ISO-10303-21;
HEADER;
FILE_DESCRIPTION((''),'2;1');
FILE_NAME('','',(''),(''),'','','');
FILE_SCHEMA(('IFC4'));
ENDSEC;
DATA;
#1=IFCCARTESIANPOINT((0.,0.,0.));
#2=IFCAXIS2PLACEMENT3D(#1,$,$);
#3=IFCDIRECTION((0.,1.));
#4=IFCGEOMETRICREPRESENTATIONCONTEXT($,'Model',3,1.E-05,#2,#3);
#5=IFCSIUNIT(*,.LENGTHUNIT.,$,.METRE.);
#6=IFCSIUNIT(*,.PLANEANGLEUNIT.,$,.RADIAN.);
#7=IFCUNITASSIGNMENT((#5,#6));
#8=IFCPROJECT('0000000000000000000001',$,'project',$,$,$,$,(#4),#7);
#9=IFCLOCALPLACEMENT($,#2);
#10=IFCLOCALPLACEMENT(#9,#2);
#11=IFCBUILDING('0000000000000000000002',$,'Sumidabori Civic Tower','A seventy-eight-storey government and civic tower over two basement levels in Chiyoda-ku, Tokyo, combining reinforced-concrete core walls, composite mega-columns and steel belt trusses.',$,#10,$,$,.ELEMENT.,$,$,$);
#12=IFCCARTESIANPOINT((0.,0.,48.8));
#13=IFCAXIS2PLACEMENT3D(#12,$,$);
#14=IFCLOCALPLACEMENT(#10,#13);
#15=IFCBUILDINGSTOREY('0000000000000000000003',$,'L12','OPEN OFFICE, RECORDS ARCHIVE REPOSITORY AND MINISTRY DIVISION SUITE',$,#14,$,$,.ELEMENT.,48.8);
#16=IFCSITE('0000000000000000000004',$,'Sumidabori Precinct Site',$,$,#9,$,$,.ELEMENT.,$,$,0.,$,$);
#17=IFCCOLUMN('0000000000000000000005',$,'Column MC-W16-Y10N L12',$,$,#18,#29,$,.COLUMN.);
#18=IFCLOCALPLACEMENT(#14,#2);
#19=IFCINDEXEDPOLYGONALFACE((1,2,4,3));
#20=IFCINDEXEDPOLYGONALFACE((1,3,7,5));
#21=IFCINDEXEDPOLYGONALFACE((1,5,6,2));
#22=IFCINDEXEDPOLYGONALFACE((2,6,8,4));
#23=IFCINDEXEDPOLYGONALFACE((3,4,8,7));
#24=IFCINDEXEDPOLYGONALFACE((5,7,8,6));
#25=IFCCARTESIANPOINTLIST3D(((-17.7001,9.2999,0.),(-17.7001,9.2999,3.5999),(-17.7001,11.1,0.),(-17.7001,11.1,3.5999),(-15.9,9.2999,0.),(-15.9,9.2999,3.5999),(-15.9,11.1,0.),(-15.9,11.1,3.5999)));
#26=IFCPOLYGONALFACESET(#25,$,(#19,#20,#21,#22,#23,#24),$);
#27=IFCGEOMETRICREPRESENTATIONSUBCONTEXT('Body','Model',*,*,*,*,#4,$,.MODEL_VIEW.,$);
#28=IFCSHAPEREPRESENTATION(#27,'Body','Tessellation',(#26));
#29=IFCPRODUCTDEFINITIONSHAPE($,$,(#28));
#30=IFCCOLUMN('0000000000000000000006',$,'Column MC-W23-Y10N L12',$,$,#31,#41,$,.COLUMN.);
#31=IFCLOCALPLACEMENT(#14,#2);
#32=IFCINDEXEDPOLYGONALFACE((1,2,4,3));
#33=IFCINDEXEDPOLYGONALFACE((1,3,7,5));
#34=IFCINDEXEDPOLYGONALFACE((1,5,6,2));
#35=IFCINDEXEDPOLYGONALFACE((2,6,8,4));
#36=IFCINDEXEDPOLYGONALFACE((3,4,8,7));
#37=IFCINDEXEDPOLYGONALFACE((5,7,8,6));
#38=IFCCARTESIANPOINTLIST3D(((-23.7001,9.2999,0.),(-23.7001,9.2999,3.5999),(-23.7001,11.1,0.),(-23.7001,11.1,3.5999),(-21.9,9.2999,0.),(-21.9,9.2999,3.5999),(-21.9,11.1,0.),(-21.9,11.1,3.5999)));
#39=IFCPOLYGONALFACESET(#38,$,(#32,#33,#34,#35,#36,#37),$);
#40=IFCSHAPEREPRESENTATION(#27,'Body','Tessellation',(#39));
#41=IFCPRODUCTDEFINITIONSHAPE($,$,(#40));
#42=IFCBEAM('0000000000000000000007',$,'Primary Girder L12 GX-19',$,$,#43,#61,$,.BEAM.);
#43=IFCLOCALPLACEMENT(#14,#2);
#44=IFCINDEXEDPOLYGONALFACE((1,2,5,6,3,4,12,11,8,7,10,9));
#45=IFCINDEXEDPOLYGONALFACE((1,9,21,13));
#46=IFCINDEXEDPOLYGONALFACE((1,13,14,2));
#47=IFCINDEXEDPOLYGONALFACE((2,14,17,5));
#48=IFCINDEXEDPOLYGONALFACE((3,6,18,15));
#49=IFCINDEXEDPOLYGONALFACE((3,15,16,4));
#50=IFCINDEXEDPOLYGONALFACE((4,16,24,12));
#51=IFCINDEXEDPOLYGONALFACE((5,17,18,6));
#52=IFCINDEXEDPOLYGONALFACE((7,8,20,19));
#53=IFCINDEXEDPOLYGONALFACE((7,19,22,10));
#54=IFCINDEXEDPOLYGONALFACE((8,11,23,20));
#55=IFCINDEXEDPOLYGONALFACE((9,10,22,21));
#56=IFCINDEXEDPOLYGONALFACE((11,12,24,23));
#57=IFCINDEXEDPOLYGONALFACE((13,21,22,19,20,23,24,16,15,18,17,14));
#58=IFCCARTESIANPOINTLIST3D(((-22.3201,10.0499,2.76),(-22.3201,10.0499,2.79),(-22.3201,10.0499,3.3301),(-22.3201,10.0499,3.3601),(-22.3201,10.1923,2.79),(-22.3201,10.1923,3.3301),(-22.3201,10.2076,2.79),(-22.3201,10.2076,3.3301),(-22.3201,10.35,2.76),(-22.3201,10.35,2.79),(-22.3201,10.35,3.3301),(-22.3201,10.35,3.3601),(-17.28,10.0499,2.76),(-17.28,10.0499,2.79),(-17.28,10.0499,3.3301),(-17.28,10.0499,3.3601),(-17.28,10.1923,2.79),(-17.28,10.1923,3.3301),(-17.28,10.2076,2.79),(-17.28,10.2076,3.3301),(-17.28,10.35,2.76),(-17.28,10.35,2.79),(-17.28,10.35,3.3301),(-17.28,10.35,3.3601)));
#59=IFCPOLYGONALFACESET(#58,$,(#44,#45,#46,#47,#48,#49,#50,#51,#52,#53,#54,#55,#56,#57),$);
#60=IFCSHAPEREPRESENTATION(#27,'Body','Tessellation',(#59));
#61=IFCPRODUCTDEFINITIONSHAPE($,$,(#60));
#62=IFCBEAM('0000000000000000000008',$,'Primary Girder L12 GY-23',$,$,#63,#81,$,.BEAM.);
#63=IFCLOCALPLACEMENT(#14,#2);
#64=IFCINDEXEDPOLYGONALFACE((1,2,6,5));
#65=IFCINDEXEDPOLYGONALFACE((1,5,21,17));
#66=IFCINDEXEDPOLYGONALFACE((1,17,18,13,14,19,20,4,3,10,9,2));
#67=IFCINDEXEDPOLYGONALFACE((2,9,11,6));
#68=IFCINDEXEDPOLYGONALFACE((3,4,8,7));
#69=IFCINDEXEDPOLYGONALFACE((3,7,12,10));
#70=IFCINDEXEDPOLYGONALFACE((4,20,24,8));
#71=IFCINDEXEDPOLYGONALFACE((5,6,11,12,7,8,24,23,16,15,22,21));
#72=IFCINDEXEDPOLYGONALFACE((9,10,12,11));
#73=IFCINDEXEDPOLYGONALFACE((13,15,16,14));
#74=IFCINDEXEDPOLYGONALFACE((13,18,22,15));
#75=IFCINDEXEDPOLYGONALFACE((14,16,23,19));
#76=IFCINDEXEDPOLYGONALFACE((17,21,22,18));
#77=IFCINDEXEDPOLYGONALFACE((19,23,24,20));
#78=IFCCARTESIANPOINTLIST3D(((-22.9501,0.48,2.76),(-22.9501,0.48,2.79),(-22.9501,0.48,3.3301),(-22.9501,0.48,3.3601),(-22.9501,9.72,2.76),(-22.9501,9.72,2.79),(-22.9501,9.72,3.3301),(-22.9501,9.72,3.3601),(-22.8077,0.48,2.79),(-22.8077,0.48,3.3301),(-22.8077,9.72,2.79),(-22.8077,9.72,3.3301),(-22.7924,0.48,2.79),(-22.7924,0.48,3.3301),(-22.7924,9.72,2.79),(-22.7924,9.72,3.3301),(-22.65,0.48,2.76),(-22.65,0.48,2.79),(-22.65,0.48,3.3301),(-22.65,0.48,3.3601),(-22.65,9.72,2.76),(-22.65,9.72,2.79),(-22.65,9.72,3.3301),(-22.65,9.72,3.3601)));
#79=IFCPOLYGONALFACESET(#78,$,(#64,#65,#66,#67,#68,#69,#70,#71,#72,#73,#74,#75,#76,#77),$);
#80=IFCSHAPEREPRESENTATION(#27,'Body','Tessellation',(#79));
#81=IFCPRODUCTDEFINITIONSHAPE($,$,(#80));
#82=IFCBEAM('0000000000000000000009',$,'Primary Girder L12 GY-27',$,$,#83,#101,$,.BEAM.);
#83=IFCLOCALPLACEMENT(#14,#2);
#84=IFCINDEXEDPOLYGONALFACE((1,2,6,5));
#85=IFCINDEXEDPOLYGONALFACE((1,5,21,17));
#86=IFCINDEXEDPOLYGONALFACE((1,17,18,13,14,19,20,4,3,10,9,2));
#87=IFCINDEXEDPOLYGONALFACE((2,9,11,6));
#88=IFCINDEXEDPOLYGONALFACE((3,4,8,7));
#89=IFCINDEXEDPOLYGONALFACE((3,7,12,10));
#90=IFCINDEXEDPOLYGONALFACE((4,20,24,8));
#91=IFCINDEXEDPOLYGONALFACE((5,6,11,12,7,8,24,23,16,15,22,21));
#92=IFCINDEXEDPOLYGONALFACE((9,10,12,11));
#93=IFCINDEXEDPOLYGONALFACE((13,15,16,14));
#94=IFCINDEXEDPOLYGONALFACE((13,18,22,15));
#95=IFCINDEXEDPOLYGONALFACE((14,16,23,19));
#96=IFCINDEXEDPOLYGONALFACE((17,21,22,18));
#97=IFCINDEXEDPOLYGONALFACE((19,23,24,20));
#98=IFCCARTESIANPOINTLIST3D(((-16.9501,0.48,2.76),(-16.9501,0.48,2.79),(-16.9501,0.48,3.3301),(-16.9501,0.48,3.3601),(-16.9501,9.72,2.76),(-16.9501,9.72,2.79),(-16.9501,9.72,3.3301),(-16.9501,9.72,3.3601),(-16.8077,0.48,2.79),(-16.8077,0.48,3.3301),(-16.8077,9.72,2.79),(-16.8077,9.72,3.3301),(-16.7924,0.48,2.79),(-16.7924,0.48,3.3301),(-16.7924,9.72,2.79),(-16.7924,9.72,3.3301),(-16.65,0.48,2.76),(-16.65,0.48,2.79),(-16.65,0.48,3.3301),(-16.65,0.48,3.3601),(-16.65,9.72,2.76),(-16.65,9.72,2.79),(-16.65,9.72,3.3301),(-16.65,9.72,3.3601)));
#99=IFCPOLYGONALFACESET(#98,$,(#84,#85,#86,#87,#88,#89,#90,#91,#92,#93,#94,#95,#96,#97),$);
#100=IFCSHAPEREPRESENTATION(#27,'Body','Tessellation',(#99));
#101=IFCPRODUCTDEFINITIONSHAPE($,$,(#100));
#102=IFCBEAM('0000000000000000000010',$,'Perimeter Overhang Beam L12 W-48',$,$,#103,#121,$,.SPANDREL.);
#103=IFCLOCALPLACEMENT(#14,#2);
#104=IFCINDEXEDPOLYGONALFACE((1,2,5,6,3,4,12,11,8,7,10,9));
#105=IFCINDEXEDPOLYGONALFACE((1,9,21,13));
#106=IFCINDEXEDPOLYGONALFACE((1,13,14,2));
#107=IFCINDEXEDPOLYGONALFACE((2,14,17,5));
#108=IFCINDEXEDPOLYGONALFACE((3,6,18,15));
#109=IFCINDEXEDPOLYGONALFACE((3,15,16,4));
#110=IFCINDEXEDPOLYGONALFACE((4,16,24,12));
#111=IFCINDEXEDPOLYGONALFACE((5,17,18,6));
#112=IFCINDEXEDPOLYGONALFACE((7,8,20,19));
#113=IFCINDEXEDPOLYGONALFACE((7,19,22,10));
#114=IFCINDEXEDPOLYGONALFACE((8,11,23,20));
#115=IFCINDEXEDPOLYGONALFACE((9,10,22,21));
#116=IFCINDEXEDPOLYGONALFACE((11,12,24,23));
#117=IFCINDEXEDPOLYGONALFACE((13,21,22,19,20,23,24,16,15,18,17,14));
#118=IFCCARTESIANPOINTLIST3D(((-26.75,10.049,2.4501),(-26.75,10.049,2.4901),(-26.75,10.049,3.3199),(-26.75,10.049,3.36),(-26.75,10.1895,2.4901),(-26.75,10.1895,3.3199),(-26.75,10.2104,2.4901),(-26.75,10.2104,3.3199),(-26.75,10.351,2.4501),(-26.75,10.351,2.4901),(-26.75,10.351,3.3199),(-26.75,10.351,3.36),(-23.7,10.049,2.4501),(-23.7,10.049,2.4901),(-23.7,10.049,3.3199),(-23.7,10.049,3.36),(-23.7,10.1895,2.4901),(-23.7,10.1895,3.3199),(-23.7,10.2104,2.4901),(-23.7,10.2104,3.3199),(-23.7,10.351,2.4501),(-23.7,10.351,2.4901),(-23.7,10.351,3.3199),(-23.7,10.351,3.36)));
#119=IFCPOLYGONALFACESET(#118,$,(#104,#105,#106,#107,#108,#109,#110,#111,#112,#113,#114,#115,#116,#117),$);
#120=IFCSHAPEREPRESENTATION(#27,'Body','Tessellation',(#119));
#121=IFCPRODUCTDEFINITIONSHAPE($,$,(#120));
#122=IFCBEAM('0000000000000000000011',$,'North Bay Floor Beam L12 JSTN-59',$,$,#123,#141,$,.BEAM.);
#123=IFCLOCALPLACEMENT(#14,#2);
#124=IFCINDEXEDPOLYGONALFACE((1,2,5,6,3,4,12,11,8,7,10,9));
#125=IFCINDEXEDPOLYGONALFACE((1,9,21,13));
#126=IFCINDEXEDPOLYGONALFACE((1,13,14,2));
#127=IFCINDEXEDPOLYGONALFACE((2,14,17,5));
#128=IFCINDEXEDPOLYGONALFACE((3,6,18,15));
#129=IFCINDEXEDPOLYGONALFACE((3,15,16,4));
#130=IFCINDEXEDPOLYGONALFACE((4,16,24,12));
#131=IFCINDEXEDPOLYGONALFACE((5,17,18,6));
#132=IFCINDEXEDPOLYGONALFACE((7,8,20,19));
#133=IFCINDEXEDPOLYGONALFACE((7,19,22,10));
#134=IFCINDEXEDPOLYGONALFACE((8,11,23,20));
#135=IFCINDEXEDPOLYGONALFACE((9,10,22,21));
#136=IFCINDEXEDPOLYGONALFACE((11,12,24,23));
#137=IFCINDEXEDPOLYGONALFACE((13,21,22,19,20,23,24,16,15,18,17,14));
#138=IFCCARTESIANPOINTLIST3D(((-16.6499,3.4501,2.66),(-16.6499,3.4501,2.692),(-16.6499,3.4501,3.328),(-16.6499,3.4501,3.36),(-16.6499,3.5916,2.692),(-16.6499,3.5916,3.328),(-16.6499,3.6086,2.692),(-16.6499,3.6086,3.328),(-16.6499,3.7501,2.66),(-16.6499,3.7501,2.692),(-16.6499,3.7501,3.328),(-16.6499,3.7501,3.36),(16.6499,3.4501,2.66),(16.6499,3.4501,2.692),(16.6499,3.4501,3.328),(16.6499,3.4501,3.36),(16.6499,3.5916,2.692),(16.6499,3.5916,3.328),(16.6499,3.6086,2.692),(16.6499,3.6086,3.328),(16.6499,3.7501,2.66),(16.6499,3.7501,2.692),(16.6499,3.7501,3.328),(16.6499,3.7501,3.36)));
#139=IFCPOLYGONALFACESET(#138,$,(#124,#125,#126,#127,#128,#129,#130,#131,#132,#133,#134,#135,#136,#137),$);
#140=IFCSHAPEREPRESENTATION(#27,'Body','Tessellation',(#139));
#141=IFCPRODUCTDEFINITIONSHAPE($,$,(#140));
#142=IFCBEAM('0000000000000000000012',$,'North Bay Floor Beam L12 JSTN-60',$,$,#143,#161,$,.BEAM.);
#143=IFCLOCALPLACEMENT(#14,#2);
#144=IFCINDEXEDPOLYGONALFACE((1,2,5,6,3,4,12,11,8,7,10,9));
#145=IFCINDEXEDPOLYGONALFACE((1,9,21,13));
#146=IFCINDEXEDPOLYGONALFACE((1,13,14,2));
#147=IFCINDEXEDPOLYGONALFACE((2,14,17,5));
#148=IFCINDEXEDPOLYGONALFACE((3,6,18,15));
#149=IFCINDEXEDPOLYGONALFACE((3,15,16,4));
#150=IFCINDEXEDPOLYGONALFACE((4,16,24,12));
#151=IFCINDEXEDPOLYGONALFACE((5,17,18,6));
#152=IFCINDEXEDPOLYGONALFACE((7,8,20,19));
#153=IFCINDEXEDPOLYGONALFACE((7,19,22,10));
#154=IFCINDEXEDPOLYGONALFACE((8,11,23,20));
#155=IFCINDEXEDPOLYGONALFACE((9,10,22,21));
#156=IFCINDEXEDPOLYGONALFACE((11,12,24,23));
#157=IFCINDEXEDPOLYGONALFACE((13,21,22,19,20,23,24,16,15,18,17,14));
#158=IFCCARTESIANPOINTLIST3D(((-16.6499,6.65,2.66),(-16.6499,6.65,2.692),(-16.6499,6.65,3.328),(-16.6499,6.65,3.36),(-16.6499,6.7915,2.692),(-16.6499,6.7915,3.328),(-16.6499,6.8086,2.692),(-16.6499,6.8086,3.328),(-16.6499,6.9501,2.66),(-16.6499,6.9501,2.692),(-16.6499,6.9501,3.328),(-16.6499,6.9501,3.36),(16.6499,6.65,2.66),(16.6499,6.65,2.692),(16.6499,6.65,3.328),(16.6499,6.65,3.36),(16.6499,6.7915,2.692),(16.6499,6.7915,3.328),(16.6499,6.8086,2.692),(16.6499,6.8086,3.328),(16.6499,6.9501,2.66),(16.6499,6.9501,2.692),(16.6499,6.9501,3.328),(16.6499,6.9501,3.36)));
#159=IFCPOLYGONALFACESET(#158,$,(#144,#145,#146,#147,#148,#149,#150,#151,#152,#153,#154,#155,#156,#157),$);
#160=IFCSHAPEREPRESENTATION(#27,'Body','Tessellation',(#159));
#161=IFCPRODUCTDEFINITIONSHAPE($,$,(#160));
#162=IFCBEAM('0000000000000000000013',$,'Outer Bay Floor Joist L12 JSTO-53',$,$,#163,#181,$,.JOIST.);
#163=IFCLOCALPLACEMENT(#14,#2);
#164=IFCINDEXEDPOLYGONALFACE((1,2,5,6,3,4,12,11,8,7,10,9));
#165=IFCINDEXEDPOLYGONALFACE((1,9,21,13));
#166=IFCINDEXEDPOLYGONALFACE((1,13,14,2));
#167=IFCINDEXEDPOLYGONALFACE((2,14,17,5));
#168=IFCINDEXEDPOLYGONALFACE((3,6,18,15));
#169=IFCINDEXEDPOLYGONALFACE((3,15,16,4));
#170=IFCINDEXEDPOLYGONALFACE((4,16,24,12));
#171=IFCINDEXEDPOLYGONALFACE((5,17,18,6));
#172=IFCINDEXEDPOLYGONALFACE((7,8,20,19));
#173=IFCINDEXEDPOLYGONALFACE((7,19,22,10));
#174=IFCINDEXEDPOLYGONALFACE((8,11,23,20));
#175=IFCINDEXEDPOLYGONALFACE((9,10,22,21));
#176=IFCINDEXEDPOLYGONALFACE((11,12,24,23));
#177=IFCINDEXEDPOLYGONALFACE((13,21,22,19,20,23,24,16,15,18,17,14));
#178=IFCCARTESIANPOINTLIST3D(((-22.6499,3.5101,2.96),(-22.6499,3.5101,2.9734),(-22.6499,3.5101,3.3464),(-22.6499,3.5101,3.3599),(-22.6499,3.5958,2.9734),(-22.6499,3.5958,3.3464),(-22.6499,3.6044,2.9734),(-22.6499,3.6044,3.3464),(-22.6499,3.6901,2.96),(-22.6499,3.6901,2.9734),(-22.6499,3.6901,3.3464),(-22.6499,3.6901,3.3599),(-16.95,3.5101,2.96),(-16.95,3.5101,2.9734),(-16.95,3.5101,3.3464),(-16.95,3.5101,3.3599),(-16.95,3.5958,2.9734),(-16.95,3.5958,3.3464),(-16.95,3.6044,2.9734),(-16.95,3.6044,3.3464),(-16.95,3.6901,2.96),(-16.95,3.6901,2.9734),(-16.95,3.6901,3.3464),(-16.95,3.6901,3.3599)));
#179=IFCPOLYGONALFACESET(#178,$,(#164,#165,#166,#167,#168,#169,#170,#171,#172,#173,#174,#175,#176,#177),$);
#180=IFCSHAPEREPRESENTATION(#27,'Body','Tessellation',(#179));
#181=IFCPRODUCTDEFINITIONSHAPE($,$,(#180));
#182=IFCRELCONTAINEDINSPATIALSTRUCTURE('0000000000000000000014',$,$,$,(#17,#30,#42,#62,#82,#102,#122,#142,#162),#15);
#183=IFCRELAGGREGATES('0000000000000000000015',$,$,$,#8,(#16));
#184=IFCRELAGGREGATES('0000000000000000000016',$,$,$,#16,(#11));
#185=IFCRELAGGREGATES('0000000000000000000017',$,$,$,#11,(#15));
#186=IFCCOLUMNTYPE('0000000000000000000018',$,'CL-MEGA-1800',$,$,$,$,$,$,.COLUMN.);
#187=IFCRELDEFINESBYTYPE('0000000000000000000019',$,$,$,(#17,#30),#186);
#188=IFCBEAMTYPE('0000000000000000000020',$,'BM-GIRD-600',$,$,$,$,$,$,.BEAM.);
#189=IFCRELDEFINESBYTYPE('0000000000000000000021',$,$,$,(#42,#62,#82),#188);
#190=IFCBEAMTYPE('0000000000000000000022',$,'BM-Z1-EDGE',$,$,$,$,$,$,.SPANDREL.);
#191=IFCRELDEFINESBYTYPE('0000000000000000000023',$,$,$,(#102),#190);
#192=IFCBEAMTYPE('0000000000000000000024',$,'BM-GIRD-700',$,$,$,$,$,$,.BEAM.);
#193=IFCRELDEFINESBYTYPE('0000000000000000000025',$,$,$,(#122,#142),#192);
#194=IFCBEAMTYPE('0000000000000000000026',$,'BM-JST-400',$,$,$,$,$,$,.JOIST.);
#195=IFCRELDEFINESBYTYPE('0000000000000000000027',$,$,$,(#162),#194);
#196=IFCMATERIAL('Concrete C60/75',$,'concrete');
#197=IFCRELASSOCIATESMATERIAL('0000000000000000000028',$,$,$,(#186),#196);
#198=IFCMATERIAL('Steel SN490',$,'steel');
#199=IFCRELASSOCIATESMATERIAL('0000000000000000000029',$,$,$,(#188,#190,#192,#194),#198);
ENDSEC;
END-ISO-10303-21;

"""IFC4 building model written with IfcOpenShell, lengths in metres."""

from ifc_helpers import new_model, si_unit, direction, frame, origin, origin_2d, place, context, subcontext, project, spatial, rectangle, i_section, extrude, source, transform, mapped, material, material_profile, profile_set, type_object, element, save


model = new_model("IFC4")

# Units and contexts
model_context = context("Model", 3, precision=1e-05, world=origin(), true_north=direction((0.0, 1.0)))
body_context = subcontext(model_context, "Body", "Model", "MODEL_VIEW")
ifc_project = project(units=[si_unit("LENGTHUNIT", "METRE"), si_unit("PLANEANGLEUNIT", "RADIAN")], contexts=[model_context])

# Site, building, storey
site_placement = place(None, origin())
site = spatial("IfcSite", under=ifc_project, at=site_placement, Name="Sumidabori Precinct Site", CompositionType="ELEMENT", RefElevation=0.0)
building_placement = place(site_placement, origin())
building = spatial("IfcBuilding", under=site, at=building_placement, Name="Sumidabori Civic Tower", Description="A seventy-eight-storey government and civic tower over two basement levels in Chiyoda-ku, Tokyo, combining reinforced-concrete core walls, composite mega-columns and steel belt trusses.", CompositionType="ELEMENT")
storey_placement = place(building_placement, frame((0.0, 0.0, 48.8)))
storey = spatial("IfcBuildingStorey", under=building, at=storey_placement, Name="L12", Description="OPEN OFFICE, RECORDS ARCHIVE REPOSITORY AND MINISTRY DIVISION SUITE", CompositionType="ELEMENT", Elevation=48.8)

# Columns
ifc_material_1 = material(Name="Concrete C60/75", Category="concrete")
ifc_material_profile_1 = material_profile(ifc_material_1, rectangle(XDim=1.8, YDim=1.8, at=origin_2d()), Name="RC 1800x1800")
ifc_profile_set_1 = profile_set([ifc_material_profile_1], Name="Concrete C60/75")
column_type = type_object("IfcColumnType", Name="CL-MEGA-1800", PredefinedType="COLUMN", material=ifc_profile_set_1)
shared_shape_1 = source(origin(), body_context, "Body", "SweptSolid", [
    extrude(rectangle(XDim=1.8, YDim=1.8, at=origin_2d()), origin(), (0.0, 0.0, 1.0), 3.5999),
])
for number, where, z_axis, x_axis, name in (
    (1, (-16.8, 10.2, 0.0), (0.0, 0.0, 1.0), (1.0, 0.0, 0.0), "Column MC-W16-Y10N L12"),
    (2, (-22.8, 10.2, 0.0), (0.0, 0.0, 1.0), (1.0, 0.0, 0.0), "Column MC-W23-Y10N L12"),
):
    element("IfcColumn", number, at=place(storey_placement, frame(where, z_axis=z_axis, x_axis=x_axis)), inside=storey, type_object=column_type, Name=name, PredefinedType="COLUMN", context=body_context, shape_type="MappedRepresentation", body=[
        mapped(shared_shape_1, transform((0.0, 0.0, 0.0), x_axis=(1.0, 0.0, 0.0), y_axis=(0.0, 1.0, 0.0), z_axis=(0.0, 0.0, 1.0), scale=1.0)),
    ])

# Beams
ifc_material_2 = material(Name="Steel SN490", Category="steel")
ifc_material_profile_2 = material_profile(ifc_material_2, i_section(OverallWidth=0.3, OverallDepth=0.6001, WebThickness=0.0154, FlangeThickness=0.03, at=origin_2d()), Name="HE 600 B")
ifc_profile_set_2 = profile_set([ifc_material_profile_2], Name="Steel SN490")
beam_type_1 = type_object("IfcBeamType", Name="BM-GIRD-600", PredefinedType="BEAM", material=ifc_profile_set_2)
shared_shape_2 = source(origin(), body_context, "Body", "SweptSolid", [
    extrude(i_section(OverallWidth=0.3, OverallDepth=0.6001, WebThickness=0.0154, FlangeThickness=0.03, at=origin_2d()), origin(), (0.0, 0.0, 1.0), 5.04),
])
beam_1_placement = place(storey_placement, frame((-22.3201, 10.2, 3.0601), z_axis=(1.0, 0.0, 0.0), x_axis=(0.0, 1.0, 0.0)))
element("IfcBeam", 3, at=beam_1_placement, inside=storey, type_object=beam_type_1, Name="Primary Girder L12 GX-19", PredefinedType="BEAM", context=body_context, shape_type="MappedRepresentation", body=[
    mapped(shared_shape_2, transform((0.0, 0.0, 0.0), x_axis=(1.0, 0.0, 0.0), y_axis=(0.0, 1.0, 0.0), z_axis=(0.0, 0.0, 1.0), scale=1.0)),
])
shared_shape_3 = source(origin(), body_context, "Body", "SweptSolid", [
    extrude(i_section(OverallWidth=0.3, OverallDepth=0.6001, WebThickness=0.0154, FlangeThickness=0.03, at=origin_2d()), origin(), (0.0, 0.0, 1.0), 9.24),
])
for number, where, z_axis, x_axis, name in (
    (4, (-22.8, 0.48, 3.0601), (0.0, 1.0, 0.0), (-1.0, 0.0, 0.0), "Primary Girder L12 GY-23"),
    (5, (-16.8, 0.48, 3.0601), (0.0, 1.0, 0.0), (-1.0, 0.0, 0.0), "Primary Girder L12 GY-27"),
):
    element("IfcBeam", number, at=place(storey_placement, frame(where, z_axis=z_axis, x_axis=x_axis)), inside=storey, type_object=beam_type_1, Name=name, PredefinedType="BEAM", context=body_context, shape_type="MappedRepresentation", body=[
        mapped(shared_shape_3, transform((0.0, 0.0, 0.0), x_axis=(1.0, 0.0, 0.0), y_axis=(0.0, 1.0, 0.0), z_axis=(0.0, 0.0, 1.0), scale=1.0)),
    ])
ifc_material_profile_3 = material_profile(ifc_material_2, i_section(OverallWidth=0.302, OverallDepth=0.9099, WebThickness=0.021, FlangeThickness=0.04, at=origin_2d()), Name="HE 900 M")
ifc_profile_set_3 = profile_set([ifc_material_profile_3], Name="Steel SN490")
beam_type_2 = type_object("IfcBeamType", Name="BM-Z1-EDGE", PredefinedType="SPANDREL", material=ifc_profile_set_3)
shared_shape_4 = source(origin(), body_context, "Body", "SweptSolid", [
    extrude(i_section(OverallWidth=0.302, OverallDepth=0.9099, WebThickness=0.021, FlangeThickness=0.04, at=origin_2d()), origin(), (0.0, 0.0, 1.0), 3.05),
])
beam_2_placement = place(storey_placement, frame((-26.75, 10.2, 2.905), z_axis=(1.0, 0.0, 0.0), x_axis=(0.0, 1.0, 0.0)))
element("IfcBeam", 6, at=beam_2_placement, inside=storey, type_object=beam_type_2, Name="Perimeter Overhang Beam L12 W-48", PredefinedType="SPANDREL", context=body_context, shape_type="MappedRepresentation", body=[
    mapped(shared_shape_4, transform((0.0, 0.0, 0.0), x_axis=(1.0, 0.0, 0.0), y_axis=(0.0, 1.0, 0.0), z_axis=(0.0, 0.0, 1.0), scale=1.0)),
])
ifc_material_profile_4 = material_profile(ifc_material_2, i_section(OverallWidth=0.3, OverallDepth=0.7, WebThickness=0.0171, FlangeThickness=0.032, at=origin_2d()), Name="HE 700 B")
ifc_profile_set_4 = profile_set([ifc_material_profile_4], Name="Steel SN490")
beam_type_3 = type_object("IfcBeamType", Name="BM-GIRD-700", PredefinedType="BEAM", material=ifc_profile_set_4)
shared_shape_5 = source(origin(), body_context, "Body", "SweptSolid", [
    extrude(i_section(OverallWidth=0.3, OverallDepth=0.7, WebThickness=0.0171, FlangeThickness=0.032, at=origin_2d()), origin(), (0.0, 0.0, 1.0), 33.2998),
])
for number, where, z_axis, x_axis, name in (
    (7, (-16.6499, 3.6001, 3.01), (1.0, 0.0, 0.0), (0.0, 1.0, 0.0), "North Bay Floor Beam L12 JSTN-59"),
    (8, (-16.6499, 6.8, 3.01), (1.0, 0.0, 0.0), (0.0, 1.0, 0.0), "North Bay Floor Beam L12 JSTN-60"),
):
    element("IfcBeam", number, at=place(storey_placement, frame(where, z_axis=z_axis, x_axis=x_axis)), inside=storey, type_object=beam_type_3, Name=name, PredefinedType="BEAM", context=body_context, shape_type="MappedRepresentation", body=[
        mapped(shared_shape_5, transform((0.0, 0.0, 0.0), x_axis=(1.0, 0.0, 0.0), y_axis=(0.0, 1.0, 0.0), z_axis=(0.0, 0.0, 1.0), scale=1.0)),
    ])
ifc_material_profile_5 = material_profile(ifc_material_2, i_section(OverallWidth=0.1799, OverallDepth=0.3999, WebThickness=0.0085, FlangeThickness=0.0134, at=origin_2d()), Name="IPE 400")
ifc_profile_set_5 = profile_set([ifc_material_profile_5], Name="Steel SN490")
beam_type_4 = type_object("IfcBeamType", Name="BM-JST-400", PredefinedType="JOIST", material=ifc_profile_set_5)
shared_shape_6 = source(origin(), body_context, "Body", "SweptSolid", [
    extrude(i_section(OverallWidth=0.1799, OverallDepth=0.3999, WebThickness=0.0085, FlangeThickness=0.0134, at=origin_2d()), origin(), (0.0, 0.0, 1.0), 5.7),
])
for number, where, z_axis, x_axis, name in (
    (9, (-22.6499, 3.6001, 3.1599), (1.0, 0.0, 0.0), (0.0, 1.0, 0.0), "Outer Bay Floor Joist L12 JSTO-53"),
):
    element("IfcBeam", number, at=place(storey_placement, frame(where, z_axis=z_axis, x_axis=x_axis)), inside=storey, type_object=beam_type_4, Name=name, PredefinedType="JOIST", context=body_context, shape_type="MappedRepresentation", body=[
        mapped(shared_shape_6, transform((0.0, 0.0, 0.0), x_axis=(1.0, 0.0, 0.0), y_axis=(0.0, 1.0, 0.0), z_axis=(0.0, 0.0, 1.0), scale=1.0)),
    ])

save(model, "model.ifc")
